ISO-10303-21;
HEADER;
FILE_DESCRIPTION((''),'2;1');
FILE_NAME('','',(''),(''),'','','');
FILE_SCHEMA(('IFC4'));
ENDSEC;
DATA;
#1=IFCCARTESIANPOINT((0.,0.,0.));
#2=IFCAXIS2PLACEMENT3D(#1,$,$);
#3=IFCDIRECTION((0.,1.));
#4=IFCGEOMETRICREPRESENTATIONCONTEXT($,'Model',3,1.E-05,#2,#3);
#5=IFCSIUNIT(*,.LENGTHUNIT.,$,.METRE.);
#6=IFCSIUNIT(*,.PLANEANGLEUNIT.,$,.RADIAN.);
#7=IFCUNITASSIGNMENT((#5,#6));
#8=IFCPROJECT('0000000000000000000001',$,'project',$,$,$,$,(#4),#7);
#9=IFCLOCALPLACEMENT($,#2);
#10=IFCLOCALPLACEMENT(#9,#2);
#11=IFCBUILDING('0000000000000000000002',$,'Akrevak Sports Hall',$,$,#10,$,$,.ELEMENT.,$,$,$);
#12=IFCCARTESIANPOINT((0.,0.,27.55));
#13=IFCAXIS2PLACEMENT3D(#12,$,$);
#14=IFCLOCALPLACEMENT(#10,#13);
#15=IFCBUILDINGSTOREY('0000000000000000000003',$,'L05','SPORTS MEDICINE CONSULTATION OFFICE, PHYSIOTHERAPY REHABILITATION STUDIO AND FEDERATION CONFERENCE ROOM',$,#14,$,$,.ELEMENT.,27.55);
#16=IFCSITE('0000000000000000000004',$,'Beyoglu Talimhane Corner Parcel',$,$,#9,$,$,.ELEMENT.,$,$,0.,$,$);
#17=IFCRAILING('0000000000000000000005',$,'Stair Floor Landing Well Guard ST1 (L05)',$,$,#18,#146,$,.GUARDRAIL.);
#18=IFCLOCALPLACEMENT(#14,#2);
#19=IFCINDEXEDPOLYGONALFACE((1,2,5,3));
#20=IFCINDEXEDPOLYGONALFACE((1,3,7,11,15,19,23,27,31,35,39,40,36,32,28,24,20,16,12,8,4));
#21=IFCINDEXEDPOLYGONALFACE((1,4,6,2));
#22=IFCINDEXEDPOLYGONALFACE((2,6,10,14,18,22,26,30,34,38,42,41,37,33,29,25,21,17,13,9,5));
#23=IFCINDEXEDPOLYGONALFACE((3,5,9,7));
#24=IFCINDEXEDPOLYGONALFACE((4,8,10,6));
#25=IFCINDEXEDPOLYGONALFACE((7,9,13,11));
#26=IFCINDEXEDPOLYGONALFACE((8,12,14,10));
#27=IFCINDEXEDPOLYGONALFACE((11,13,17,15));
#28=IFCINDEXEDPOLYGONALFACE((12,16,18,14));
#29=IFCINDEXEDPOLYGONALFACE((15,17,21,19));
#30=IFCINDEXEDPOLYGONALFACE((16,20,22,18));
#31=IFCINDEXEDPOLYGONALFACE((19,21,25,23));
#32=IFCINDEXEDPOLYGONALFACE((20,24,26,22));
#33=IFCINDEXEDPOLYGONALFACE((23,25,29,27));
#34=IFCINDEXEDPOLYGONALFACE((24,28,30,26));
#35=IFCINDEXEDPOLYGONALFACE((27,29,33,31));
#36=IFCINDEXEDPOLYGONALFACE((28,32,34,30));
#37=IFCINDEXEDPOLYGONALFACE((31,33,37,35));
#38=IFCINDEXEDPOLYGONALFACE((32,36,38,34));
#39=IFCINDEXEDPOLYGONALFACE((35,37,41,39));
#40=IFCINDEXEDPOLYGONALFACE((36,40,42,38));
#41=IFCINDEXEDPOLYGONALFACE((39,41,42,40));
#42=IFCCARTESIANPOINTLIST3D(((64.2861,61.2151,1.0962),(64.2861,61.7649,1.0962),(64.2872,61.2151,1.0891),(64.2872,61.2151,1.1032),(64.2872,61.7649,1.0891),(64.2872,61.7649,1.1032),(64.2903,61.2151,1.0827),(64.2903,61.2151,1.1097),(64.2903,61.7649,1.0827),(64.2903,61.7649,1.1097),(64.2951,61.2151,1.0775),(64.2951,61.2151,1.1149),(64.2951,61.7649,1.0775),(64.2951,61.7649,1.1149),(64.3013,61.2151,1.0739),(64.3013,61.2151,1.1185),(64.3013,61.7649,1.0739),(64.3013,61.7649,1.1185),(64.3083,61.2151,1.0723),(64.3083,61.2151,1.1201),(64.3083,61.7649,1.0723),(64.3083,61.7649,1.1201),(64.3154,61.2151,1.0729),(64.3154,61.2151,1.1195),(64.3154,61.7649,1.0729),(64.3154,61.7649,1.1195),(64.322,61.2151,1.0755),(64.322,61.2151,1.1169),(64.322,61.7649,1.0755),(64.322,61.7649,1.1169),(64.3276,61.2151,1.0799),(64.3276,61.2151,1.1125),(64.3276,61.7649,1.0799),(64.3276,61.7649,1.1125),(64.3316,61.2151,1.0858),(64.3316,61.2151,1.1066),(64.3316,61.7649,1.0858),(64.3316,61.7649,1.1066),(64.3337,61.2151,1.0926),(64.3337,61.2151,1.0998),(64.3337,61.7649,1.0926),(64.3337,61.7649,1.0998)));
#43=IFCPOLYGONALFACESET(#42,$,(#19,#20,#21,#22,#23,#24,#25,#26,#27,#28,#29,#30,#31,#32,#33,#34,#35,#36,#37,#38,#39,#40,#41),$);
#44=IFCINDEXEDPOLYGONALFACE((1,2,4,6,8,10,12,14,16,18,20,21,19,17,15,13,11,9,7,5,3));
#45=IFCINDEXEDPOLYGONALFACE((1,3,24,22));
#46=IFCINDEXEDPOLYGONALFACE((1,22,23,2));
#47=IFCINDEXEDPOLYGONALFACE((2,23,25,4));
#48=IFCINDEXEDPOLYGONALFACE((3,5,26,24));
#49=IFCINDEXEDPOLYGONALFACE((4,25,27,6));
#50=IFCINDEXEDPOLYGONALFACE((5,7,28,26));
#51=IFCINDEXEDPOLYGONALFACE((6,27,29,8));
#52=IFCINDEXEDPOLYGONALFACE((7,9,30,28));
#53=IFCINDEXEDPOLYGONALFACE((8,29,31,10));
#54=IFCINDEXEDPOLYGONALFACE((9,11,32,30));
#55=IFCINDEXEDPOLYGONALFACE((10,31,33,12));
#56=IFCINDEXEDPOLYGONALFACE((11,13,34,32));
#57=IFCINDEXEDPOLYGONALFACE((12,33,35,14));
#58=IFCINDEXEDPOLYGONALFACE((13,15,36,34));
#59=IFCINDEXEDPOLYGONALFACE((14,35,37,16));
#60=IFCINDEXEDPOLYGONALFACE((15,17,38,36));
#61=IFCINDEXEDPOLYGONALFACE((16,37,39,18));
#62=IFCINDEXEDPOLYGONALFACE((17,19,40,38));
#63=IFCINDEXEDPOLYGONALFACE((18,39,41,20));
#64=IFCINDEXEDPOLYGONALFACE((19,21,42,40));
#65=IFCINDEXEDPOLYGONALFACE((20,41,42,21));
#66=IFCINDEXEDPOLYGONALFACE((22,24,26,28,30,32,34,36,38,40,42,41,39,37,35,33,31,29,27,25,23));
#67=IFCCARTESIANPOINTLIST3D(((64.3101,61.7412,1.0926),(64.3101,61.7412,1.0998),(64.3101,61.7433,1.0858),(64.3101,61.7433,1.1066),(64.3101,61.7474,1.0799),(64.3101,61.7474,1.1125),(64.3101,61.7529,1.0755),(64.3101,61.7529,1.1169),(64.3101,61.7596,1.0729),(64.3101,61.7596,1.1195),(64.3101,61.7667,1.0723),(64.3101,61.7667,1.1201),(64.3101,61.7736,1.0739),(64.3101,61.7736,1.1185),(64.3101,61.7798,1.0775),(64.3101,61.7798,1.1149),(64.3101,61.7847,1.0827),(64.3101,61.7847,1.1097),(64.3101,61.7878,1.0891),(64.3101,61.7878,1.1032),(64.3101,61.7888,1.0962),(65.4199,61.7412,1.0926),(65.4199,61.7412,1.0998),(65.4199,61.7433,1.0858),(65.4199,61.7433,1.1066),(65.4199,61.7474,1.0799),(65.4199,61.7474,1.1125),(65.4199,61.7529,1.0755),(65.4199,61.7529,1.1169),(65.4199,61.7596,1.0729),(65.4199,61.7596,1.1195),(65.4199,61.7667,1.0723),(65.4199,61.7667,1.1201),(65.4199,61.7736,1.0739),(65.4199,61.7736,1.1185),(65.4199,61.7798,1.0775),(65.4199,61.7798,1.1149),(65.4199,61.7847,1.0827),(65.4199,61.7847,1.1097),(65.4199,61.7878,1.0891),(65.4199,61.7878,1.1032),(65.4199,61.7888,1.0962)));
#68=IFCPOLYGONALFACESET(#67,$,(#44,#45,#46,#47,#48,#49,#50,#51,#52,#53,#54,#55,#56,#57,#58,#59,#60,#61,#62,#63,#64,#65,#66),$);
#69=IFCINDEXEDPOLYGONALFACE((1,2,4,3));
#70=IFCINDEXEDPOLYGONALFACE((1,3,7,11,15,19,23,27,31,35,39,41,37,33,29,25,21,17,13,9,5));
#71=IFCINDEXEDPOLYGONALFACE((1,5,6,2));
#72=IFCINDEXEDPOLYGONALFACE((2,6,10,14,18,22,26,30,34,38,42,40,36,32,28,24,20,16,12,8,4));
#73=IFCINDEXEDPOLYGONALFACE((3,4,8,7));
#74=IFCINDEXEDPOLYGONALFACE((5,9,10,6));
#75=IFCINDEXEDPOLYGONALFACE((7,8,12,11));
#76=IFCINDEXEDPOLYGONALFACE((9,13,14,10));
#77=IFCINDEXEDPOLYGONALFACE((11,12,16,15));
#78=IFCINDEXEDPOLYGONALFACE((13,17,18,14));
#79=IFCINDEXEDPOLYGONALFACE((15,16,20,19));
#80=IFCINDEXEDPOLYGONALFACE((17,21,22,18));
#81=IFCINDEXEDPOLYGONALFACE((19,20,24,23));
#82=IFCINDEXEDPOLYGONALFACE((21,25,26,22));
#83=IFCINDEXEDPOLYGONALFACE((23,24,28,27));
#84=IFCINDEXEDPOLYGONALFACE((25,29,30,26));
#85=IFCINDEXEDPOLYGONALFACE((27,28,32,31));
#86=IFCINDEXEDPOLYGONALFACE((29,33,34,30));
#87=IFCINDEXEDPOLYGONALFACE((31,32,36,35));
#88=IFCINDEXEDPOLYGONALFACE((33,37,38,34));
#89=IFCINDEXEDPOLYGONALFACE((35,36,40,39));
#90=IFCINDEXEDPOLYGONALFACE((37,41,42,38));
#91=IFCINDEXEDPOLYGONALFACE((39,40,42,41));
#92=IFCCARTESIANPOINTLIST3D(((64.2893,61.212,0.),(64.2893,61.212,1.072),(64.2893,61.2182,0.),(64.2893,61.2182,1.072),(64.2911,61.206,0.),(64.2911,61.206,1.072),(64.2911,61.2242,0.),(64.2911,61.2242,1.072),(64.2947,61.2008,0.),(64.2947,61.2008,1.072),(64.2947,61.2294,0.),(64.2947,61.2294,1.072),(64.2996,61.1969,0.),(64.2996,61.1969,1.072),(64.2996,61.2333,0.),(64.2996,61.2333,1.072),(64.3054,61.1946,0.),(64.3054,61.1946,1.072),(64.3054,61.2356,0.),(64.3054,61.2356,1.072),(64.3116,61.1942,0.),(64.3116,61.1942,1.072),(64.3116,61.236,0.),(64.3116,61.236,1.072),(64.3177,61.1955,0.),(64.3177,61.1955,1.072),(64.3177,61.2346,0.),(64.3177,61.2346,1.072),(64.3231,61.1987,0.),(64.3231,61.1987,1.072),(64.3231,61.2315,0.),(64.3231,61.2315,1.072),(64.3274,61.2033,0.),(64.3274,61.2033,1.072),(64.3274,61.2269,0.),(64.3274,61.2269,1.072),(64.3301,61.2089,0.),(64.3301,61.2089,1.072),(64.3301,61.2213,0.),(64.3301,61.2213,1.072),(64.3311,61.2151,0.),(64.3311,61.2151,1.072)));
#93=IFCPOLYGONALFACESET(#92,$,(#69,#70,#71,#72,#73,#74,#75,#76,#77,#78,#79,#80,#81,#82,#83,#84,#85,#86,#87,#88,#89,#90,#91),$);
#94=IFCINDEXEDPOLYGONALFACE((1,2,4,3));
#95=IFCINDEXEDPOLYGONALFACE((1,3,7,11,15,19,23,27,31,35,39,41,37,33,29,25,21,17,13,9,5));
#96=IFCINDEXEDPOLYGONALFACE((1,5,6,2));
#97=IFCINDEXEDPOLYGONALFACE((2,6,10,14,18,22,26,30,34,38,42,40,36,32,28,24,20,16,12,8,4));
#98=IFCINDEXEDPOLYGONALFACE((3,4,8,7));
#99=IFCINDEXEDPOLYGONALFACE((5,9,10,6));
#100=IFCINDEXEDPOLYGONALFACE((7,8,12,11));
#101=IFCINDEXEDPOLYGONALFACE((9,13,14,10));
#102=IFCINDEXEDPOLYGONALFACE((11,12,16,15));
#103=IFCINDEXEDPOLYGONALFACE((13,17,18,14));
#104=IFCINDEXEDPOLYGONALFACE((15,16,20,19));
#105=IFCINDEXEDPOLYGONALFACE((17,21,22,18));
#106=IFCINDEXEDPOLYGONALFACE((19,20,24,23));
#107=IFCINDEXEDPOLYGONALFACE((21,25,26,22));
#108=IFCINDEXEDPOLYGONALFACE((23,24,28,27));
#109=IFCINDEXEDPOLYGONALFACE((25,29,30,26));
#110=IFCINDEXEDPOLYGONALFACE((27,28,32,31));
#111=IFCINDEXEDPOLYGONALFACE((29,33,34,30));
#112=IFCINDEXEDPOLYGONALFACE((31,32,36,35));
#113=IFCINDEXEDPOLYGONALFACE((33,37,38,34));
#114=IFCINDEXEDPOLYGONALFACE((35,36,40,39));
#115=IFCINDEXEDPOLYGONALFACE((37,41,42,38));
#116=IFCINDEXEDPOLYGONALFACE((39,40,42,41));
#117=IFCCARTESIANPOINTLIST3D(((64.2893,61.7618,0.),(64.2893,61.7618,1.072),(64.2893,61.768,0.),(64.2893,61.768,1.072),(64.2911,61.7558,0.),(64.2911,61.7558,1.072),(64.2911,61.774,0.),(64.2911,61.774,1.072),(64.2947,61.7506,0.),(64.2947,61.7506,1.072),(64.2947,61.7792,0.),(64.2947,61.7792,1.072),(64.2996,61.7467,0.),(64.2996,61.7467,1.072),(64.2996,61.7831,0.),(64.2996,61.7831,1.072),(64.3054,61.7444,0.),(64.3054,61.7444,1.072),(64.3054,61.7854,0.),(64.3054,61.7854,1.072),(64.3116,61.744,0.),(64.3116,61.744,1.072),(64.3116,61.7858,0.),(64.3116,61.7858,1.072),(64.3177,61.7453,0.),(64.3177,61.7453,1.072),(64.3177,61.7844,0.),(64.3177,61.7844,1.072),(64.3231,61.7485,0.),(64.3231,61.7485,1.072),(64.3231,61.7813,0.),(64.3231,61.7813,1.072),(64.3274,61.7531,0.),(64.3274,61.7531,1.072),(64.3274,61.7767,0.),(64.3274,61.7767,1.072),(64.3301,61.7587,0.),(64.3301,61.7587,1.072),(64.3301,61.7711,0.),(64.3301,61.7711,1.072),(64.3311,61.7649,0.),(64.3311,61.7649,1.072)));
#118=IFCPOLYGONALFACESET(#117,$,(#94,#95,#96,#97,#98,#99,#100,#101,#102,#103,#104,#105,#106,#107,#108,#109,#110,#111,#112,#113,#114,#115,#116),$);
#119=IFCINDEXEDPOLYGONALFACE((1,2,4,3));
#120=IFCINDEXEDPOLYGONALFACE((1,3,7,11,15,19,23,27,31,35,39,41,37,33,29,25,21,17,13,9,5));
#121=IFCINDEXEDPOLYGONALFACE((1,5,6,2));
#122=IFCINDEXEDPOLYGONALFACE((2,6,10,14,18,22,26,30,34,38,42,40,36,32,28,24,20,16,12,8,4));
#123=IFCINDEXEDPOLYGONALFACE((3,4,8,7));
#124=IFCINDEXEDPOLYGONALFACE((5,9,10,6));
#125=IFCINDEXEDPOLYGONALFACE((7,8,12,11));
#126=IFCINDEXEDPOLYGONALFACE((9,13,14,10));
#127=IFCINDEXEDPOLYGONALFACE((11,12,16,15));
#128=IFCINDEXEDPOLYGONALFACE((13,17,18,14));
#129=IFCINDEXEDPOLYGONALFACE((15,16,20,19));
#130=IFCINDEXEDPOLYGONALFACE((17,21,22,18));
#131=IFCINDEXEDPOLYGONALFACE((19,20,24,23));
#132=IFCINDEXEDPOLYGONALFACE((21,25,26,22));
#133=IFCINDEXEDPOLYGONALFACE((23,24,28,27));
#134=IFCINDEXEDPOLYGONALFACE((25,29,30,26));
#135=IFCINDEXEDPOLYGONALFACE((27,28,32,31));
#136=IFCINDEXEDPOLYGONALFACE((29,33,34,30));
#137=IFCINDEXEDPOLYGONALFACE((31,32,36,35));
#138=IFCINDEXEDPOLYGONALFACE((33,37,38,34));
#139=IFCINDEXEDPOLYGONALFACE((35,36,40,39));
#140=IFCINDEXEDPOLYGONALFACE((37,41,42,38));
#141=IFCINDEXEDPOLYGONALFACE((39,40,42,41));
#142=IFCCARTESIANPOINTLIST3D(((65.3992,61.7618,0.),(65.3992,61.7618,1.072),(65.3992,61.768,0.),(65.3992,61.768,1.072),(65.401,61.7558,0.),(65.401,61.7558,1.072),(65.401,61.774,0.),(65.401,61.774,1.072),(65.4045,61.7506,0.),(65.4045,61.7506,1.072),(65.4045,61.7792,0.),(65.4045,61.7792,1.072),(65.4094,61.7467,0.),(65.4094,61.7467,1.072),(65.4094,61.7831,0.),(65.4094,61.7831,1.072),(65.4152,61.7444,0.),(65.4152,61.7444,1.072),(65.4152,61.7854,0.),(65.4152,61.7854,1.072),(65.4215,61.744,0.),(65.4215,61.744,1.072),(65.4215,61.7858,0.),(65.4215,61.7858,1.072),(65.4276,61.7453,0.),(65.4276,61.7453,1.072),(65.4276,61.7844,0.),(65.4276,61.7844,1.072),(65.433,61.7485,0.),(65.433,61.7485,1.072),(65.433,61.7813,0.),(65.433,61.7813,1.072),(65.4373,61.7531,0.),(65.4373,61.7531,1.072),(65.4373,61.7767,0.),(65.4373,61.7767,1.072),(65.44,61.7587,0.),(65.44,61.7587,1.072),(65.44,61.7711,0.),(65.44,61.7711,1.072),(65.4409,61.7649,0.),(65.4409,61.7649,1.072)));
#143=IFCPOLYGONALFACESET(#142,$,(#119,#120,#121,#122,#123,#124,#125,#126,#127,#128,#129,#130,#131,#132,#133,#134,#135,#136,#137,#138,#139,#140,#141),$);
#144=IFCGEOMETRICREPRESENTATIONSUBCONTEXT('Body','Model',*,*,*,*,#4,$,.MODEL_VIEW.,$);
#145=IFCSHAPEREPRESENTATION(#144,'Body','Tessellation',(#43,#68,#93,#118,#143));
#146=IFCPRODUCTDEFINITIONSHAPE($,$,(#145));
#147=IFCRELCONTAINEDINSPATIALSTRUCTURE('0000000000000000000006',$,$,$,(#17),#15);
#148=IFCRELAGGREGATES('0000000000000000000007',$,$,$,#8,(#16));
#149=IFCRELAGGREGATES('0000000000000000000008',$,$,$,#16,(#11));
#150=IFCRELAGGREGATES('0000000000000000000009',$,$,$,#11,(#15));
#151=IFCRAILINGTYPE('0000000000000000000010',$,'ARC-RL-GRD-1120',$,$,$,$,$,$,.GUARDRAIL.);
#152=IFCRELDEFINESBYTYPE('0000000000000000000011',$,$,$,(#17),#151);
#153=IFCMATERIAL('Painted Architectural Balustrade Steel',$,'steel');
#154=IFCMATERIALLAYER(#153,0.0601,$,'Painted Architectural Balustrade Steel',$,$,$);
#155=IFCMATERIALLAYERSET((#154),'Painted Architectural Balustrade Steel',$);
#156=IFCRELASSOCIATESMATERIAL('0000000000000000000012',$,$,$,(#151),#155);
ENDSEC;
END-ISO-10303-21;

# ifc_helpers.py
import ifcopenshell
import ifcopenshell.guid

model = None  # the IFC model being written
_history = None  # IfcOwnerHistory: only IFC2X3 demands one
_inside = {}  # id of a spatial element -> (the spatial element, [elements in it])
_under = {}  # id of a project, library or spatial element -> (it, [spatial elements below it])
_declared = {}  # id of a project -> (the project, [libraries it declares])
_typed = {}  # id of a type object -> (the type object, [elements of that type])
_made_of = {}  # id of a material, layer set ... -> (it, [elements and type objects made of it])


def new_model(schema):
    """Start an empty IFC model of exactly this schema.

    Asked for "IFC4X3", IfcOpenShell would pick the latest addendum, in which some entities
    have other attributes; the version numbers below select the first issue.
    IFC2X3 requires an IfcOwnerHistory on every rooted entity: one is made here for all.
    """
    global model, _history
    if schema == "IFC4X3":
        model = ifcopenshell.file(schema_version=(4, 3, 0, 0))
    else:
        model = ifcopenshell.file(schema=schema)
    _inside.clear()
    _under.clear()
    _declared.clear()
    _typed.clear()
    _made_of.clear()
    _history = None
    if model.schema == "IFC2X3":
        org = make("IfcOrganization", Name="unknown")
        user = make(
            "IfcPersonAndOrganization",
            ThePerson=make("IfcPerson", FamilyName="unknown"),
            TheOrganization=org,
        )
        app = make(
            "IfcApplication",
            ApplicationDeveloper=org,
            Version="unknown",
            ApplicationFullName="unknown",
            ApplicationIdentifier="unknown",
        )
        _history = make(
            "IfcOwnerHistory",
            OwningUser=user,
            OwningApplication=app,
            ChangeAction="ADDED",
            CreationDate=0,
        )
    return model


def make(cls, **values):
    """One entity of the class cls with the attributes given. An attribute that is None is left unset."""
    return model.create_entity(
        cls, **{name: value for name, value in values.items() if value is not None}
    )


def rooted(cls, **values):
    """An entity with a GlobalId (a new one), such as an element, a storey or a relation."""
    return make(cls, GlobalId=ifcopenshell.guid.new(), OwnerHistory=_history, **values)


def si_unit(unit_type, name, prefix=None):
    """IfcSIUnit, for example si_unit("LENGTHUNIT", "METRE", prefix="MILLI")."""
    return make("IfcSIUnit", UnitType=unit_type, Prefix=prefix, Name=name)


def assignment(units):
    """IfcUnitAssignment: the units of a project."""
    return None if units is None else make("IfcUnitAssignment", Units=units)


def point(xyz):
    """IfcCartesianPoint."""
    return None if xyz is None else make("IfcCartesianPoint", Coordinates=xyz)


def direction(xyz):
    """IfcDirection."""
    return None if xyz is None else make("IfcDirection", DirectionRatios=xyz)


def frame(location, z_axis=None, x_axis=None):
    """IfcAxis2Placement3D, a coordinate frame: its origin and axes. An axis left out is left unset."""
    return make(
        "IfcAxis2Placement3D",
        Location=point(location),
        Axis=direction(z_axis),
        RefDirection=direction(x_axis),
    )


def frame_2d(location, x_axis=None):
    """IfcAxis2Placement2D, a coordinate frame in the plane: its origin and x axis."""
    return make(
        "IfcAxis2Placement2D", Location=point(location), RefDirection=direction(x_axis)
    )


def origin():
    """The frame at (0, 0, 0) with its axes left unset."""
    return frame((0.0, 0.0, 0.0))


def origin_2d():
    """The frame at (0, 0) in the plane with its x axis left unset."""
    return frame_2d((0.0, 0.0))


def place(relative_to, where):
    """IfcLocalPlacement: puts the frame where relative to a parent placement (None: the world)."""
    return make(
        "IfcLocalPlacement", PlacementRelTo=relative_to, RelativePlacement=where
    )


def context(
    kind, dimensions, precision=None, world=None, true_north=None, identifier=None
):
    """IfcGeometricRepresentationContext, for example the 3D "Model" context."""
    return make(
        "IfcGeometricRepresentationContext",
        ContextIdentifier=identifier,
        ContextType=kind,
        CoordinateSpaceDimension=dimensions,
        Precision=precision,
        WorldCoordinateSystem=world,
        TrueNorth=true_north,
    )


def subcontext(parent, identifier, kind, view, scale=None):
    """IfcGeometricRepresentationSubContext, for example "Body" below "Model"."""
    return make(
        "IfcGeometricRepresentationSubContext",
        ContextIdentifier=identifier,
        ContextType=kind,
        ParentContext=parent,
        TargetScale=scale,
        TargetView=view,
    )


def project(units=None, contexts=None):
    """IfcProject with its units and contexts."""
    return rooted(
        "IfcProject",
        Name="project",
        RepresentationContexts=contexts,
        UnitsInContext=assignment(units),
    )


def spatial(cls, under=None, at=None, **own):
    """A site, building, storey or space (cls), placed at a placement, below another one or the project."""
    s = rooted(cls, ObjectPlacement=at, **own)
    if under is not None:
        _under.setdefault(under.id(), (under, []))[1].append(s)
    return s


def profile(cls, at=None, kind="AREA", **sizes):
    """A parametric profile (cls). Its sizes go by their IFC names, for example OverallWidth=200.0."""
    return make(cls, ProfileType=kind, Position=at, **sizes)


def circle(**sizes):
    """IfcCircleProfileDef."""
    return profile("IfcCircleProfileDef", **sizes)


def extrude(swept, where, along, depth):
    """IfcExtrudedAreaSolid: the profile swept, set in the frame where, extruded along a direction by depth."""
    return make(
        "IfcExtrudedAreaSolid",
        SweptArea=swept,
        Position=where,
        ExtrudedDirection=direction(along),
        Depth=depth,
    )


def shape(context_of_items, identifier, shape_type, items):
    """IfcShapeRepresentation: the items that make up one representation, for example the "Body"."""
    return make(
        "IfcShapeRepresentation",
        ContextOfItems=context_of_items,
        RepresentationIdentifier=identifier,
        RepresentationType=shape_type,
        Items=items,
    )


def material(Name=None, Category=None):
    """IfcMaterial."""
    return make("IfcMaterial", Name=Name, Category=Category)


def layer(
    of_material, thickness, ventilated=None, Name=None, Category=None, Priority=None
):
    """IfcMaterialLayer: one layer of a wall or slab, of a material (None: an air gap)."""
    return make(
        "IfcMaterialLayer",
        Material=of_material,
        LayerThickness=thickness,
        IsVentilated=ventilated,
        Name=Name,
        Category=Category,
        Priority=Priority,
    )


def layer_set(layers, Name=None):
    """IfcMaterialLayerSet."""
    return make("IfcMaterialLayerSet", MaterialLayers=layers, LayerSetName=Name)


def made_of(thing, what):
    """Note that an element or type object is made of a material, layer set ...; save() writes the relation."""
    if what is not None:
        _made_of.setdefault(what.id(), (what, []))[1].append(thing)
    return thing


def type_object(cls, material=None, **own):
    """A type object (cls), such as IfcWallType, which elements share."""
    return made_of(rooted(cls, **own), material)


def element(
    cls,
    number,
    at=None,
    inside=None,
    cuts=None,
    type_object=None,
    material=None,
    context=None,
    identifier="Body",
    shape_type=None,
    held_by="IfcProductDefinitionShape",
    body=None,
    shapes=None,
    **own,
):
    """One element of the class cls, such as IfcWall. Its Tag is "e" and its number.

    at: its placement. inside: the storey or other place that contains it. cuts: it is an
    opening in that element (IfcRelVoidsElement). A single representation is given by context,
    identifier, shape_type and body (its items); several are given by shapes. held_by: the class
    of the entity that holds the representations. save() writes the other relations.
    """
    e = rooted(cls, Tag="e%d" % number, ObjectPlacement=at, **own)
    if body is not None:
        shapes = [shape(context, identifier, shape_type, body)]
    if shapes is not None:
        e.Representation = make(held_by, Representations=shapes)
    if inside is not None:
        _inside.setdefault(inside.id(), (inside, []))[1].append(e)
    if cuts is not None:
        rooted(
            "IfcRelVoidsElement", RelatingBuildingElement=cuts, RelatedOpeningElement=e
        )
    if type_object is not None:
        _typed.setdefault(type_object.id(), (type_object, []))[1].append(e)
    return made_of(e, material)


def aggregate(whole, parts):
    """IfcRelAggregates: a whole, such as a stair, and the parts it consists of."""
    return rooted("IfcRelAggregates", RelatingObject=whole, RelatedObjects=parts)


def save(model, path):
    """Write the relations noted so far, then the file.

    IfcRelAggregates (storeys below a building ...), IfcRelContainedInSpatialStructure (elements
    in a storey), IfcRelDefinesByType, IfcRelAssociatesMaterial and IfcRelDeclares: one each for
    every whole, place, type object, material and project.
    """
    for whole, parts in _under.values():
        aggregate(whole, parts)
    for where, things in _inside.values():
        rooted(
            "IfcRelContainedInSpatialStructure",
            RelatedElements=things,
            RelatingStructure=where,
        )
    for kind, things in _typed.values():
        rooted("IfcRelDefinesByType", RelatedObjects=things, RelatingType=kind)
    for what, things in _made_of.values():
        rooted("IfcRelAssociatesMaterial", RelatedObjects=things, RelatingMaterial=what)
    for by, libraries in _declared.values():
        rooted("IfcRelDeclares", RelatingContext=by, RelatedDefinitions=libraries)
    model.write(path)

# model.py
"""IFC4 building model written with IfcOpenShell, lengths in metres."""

from ifc_helpers import new_model, si_unit, direction, frame, origin, origin_2d, place, context, subcontext, project, spatial, circle, extrude, material, layer, layer_set, type_object, element, save


model = new_model("IFC4")

# Units and contexts
model_context = context("Model", 3, precision=1e-05, world=origin(), true_north=direction((0.0, 1.0)))
body_context = subcontext(model_context, "Body", "Model", "MODEL_VIEW")
ifc_project = project(units=[si_unit("LENGTHUNIT", "METRE"), si_unit("PLANEANGLEUNIT", "RADIAN")], contexts=[model_context])

# Site, building, storey
site_placement = place(None, origin())
site = spatial("IfcSite", under=ifc_project, at=site_placement, Name="Beyoglu Talimhane Corner Parcel", CompositionType="ELEMENT", RefElevation=0.0)
building_placement = place(site_placement, origin())
building = spatial("IfcBuilding", under=site, at=building_placement, Name="Akrevak Sports Hall", CompositionType="ELEMENT")
storey_placement = place(building_placement, frame((0.0, 0.0, 27.55)))
storey = spatial("IfcBuildingStorey", under=building, at=storey_placement, Name="L05", Description="SPORTS MEDICINE CONSULTATION OFFICE, PHYSIOTHERAPY REHABILITATION STUDIO AND FEDERATION CONFERENCE ROOM", CompositionType="ELEMENT", Elevation=27.55)

# Railing
ifc_material_1 = material(Name="Painted Architectural Balustrade Steel", Category="steel")
ifc_layer_1 = layer(ifc_material_1, 0.0601, Name="Painted Architectural Balustrade Steel")
ifc_layer_set_1 = layer_set([ifc_layer_1], Name="Painted Architectural Balustrade Steel")
railing_type_1 = type_object("IfcRailingType", Name="ARC-RL-GRD-1120", PredefinedType="GUARDRAIL", material=ifc_layer_set_1)
railing_1_placement = place(storey_placement, frame((64.3101, 61.2151, 0.0)))
element("IfcRailing", 1, at=railing_1_placement, inside=storey, type_object=railing_type_1, Name="Stair Floor Landing Well Guard ST1 (L05)", PredefinedType="GUARDRAIL", context=body_context, shape_type="SweptSolid", body=[
    extrude(circle(Radius=0.0239, at=origin_2d()), frame((0.0, 0.0, 1.0962), z_axis=(0.0, 1.0, 0.0), x_axis=(-1.0, 0.0, 0.0)), (0.0, 0.0, 1.0), 0.5498),
    extrude(circle(Radius=0.0239, at=origin_2d()), frame((0.0, 0.5498, 1.0962), z_axis=(1.0, 0.0, 0.0), x_axis=(0.0, 1.0, 0.0)), (0.0, 0.0, 1.0), 1.1099),
    extrude(circle(Radius=0.021, at=origin_2d()), origin(), (0.0, 0.0, 1.0), 1.072),
    extrude(circle(Radius=0.021, at=origin_2d()), frame((0.0, 0.5498, 0.0)), (0.0, 0.0, 1.0), 1.072),
    extrude(circle(Radius=0.021, at=origin_2d()), frame((1.1099, 0.5498, 0.0)), (0.0, 0.0, 1.0), 1.072),
])

save(model, "model.ifc")
